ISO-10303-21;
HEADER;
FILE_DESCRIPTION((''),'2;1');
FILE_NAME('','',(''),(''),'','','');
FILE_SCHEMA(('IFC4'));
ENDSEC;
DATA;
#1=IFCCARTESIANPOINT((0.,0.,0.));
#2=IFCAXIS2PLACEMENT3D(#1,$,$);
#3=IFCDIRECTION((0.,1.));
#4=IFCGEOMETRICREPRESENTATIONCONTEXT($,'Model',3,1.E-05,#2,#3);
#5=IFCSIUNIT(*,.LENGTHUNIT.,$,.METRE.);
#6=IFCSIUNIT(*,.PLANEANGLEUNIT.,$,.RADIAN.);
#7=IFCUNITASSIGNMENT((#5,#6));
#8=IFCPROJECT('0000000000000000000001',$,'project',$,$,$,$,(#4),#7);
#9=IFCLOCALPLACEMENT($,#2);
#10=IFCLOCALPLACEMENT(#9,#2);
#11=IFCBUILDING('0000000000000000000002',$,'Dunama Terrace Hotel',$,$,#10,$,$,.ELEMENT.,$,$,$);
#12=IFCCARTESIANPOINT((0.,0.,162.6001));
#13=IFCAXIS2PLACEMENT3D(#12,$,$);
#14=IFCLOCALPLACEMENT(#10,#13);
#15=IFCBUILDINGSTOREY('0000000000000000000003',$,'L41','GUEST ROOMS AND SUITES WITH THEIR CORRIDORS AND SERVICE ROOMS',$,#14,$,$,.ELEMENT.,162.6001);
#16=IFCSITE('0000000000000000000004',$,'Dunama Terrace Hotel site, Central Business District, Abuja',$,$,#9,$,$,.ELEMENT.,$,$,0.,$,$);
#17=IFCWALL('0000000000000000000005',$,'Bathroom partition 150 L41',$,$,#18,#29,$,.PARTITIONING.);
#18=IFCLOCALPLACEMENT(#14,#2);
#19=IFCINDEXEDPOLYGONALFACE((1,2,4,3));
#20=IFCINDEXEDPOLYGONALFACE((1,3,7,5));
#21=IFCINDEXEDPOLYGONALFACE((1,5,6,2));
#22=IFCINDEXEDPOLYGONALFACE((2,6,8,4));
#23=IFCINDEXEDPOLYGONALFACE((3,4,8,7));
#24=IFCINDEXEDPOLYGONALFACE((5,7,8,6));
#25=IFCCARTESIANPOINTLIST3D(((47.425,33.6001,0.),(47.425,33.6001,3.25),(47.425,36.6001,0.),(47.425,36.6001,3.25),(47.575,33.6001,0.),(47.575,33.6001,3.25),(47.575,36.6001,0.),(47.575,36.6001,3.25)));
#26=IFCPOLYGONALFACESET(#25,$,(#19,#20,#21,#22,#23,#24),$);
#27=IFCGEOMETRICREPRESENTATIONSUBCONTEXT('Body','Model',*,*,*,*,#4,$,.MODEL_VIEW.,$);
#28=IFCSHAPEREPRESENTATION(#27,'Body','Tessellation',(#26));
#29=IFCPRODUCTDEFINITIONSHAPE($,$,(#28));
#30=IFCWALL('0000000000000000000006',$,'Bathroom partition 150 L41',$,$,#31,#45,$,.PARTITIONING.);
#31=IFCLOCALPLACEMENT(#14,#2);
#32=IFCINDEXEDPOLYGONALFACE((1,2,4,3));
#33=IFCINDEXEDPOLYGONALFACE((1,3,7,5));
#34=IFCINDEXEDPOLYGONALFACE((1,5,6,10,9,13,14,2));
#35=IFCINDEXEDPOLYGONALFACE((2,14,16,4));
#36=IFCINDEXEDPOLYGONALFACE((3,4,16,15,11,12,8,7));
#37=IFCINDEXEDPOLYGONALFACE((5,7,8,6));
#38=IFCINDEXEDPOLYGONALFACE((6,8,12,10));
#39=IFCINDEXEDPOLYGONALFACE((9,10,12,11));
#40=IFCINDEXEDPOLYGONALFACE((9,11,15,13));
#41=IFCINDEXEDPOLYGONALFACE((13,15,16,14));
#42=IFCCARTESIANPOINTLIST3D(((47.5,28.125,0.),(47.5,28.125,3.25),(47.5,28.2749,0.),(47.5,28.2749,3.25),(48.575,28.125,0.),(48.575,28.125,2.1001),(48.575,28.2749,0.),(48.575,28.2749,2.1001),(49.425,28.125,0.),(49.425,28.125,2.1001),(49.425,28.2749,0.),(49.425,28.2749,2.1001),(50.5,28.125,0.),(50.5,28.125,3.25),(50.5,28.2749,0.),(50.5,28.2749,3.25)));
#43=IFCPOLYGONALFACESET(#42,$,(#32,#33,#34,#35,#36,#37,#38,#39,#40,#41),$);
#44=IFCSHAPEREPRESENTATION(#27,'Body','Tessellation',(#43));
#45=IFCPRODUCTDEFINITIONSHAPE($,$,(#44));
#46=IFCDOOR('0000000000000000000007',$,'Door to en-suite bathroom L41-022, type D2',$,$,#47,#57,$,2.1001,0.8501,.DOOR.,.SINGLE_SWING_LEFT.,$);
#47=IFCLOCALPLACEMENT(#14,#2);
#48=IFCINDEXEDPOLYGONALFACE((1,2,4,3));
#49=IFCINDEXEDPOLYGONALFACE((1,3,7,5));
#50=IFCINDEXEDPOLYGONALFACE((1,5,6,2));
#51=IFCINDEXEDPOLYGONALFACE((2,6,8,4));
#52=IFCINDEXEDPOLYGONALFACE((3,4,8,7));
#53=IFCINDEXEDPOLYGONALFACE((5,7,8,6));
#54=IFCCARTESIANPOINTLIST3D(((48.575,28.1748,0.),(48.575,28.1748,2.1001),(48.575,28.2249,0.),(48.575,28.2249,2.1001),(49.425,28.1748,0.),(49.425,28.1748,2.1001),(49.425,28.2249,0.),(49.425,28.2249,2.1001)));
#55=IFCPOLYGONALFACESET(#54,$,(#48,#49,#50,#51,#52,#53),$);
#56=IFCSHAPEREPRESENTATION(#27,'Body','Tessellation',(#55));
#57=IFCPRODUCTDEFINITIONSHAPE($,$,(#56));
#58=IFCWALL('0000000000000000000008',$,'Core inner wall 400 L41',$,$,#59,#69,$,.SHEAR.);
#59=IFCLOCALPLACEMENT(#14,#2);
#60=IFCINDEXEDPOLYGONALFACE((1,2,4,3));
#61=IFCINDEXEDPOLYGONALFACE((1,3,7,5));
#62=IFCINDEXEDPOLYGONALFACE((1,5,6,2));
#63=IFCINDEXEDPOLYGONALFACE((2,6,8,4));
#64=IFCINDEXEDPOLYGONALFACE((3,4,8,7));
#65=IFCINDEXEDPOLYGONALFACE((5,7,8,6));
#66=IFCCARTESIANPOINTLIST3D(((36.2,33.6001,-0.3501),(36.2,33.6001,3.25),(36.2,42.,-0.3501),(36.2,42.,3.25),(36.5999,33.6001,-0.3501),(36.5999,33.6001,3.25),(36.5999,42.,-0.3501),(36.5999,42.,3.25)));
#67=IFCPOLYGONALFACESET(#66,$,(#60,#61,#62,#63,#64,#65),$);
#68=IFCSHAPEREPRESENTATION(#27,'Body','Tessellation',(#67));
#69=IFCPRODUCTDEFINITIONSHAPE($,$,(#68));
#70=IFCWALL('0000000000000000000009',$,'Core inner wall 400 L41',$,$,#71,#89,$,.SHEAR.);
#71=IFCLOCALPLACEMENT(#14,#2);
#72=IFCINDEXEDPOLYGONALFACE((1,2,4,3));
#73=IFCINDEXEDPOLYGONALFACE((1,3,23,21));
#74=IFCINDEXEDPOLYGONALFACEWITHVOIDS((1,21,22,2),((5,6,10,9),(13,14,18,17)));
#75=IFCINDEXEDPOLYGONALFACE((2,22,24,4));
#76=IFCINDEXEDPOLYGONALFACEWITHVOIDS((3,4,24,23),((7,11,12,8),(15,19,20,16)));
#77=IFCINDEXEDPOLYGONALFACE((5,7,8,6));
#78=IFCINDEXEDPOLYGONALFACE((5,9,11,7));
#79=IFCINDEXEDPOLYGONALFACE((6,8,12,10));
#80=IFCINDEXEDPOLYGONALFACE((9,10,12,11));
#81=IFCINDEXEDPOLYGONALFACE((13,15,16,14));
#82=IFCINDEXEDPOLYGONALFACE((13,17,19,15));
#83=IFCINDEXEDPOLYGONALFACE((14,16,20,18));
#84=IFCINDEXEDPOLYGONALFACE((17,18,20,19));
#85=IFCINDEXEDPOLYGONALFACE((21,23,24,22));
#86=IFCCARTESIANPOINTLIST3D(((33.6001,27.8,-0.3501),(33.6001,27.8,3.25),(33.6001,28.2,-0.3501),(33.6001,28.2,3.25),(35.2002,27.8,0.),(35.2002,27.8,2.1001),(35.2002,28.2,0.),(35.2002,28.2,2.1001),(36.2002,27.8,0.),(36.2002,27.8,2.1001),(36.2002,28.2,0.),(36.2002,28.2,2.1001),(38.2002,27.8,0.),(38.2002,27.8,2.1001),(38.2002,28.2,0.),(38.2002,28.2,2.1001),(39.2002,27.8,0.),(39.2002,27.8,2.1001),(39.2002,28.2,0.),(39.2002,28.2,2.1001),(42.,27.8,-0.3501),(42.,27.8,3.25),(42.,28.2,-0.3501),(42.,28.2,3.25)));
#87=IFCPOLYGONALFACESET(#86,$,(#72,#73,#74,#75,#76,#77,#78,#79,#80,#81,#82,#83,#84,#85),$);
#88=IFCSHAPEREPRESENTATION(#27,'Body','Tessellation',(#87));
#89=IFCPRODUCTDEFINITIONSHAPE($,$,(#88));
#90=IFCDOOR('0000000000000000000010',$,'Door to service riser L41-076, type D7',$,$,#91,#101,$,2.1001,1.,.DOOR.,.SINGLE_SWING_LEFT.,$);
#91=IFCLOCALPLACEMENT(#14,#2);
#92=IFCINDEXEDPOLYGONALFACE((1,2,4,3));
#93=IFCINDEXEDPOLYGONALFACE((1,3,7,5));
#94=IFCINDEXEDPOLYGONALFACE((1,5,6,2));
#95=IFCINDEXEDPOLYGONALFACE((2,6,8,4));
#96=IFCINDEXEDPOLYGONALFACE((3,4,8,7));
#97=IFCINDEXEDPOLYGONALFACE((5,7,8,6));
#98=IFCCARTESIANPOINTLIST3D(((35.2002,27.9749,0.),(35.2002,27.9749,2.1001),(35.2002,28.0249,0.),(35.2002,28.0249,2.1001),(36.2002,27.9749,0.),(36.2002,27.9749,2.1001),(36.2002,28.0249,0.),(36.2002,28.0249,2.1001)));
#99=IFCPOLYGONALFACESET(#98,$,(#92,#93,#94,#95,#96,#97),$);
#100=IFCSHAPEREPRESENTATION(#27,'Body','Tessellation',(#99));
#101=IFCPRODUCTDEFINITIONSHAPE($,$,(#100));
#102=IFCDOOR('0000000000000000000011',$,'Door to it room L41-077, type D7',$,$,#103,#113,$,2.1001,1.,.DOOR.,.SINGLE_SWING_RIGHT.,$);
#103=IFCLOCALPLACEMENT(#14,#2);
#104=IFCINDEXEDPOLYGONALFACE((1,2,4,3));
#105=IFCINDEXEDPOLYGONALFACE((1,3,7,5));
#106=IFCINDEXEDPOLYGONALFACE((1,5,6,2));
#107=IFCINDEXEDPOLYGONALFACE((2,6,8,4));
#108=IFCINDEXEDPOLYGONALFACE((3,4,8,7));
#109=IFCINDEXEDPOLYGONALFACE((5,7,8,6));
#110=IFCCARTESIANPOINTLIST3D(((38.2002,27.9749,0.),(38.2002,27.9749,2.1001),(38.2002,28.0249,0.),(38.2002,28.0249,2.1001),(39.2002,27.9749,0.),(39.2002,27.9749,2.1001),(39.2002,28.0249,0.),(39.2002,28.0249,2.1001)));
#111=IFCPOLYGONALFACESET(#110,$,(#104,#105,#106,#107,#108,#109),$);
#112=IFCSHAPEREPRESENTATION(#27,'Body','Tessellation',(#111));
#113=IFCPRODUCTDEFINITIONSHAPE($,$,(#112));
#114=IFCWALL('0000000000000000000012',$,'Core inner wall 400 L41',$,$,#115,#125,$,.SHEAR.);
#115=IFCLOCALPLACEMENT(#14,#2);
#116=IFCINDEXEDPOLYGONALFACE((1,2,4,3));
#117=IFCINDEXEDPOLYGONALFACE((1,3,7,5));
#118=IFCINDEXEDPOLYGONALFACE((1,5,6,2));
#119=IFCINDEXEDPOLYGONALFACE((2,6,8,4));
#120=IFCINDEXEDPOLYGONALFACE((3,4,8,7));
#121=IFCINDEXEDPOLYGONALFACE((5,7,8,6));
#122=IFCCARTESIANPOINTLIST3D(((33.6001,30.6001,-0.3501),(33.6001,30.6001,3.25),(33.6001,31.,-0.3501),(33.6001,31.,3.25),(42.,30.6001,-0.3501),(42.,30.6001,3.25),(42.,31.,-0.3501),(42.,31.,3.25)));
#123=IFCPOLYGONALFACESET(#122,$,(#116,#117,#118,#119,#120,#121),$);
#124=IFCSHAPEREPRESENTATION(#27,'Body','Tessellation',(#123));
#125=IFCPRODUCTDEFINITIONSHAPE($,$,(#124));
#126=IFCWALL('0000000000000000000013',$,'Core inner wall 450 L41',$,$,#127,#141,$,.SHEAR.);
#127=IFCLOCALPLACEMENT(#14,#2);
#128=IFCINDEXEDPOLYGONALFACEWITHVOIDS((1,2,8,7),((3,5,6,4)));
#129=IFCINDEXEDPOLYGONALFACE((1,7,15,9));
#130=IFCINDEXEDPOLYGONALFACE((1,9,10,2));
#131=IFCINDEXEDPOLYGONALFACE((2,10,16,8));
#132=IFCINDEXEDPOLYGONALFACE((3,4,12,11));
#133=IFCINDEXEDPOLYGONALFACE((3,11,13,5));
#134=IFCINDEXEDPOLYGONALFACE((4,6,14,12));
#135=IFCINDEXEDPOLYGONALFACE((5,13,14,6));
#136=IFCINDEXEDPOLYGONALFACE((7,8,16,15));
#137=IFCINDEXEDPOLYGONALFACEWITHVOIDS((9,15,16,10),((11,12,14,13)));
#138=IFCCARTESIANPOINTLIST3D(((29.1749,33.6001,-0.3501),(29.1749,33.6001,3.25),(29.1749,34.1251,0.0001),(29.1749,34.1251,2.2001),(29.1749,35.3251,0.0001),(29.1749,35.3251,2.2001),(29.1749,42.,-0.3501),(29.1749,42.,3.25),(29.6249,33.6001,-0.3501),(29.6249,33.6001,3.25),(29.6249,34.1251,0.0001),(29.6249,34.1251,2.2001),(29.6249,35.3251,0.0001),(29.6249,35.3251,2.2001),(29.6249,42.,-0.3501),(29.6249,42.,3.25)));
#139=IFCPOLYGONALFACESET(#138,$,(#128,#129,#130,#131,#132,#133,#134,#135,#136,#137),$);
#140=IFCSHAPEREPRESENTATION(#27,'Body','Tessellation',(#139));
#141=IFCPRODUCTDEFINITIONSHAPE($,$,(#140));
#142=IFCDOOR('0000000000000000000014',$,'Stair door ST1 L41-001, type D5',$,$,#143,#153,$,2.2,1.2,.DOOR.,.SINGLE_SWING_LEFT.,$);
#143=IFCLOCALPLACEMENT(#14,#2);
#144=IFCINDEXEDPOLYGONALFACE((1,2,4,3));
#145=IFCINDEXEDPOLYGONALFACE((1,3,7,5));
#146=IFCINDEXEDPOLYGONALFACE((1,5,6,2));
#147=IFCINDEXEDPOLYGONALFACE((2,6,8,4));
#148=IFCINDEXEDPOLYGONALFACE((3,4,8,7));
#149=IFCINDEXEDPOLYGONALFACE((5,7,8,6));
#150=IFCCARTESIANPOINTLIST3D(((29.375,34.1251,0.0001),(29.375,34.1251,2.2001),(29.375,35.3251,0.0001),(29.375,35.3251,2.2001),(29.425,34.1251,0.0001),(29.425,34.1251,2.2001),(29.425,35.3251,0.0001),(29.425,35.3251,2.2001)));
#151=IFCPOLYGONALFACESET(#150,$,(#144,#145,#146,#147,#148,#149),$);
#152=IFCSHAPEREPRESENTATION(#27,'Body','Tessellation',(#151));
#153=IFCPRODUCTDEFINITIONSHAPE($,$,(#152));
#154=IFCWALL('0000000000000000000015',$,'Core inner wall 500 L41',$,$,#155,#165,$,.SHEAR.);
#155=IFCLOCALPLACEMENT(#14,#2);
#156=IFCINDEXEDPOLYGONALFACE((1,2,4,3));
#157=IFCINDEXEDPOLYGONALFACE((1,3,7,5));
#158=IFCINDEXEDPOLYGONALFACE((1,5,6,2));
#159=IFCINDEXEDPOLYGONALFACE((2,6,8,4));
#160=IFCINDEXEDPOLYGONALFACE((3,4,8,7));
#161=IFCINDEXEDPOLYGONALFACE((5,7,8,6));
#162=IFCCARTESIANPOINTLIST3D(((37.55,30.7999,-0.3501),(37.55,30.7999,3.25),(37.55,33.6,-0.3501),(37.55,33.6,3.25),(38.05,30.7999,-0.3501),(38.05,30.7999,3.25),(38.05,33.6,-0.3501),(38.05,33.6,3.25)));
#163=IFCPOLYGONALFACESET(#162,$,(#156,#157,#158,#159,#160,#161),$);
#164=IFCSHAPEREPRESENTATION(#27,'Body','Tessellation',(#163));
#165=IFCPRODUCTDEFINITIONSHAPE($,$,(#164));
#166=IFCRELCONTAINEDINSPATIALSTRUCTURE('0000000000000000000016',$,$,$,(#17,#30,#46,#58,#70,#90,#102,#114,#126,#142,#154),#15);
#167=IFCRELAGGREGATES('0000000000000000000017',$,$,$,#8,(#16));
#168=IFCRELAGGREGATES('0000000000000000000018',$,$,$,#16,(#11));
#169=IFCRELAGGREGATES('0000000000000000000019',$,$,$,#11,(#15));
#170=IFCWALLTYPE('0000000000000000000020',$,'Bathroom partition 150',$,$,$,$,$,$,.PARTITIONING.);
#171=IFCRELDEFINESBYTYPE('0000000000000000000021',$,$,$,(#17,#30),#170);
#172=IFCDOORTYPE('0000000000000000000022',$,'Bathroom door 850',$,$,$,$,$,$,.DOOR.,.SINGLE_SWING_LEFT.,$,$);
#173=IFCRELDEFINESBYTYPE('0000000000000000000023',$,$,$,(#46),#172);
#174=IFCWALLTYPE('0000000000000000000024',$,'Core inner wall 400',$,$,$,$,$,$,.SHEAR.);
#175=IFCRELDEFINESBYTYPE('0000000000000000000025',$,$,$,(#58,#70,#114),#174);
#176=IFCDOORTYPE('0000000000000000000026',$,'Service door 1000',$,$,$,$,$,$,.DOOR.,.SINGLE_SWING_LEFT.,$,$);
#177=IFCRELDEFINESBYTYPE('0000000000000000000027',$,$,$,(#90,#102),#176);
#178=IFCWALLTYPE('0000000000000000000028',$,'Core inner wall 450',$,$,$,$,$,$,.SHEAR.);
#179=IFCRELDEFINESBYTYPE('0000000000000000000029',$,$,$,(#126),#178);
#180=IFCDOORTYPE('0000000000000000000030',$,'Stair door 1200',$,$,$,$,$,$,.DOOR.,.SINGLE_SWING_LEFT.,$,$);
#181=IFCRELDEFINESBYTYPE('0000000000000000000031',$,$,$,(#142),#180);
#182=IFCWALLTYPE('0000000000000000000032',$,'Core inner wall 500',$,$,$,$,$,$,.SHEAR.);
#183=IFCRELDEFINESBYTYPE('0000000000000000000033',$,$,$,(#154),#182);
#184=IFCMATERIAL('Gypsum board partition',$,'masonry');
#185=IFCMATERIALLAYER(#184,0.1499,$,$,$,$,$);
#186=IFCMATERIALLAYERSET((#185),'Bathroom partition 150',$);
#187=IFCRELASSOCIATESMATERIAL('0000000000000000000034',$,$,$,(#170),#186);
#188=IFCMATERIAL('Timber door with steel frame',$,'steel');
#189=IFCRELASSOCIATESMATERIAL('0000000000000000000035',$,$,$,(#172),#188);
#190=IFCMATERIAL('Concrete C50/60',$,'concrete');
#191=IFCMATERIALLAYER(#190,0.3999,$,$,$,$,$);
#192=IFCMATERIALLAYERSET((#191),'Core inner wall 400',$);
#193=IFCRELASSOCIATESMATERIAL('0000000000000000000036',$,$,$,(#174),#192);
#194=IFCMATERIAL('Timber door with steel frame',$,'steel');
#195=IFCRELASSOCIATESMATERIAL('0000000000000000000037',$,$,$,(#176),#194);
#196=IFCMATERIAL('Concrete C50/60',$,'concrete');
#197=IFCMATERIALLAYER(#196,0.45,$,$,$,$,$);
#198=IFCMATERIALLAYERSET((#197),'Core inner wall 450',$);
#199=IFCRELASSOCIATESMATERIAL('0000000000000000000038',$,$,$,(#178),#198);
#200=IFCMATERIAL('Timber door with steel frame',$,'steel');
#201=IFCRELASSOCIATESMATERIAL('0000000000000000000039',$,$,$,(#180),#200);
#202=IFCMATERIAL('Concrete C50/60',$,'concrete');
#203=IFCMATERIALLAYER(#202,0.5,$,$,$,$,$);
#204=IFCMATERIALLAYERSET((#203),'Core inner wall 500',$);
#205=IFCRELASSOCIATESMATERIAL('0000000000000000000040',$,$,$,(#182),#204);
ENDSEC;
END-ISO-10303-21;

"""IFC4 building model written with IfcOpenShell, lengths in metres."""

from ifc_helpers import new_model, si_unit, direction, frame, frame_2d, origin, place, context, subcontext, project, spatial, rectangle, extrude, material, layer, layer_set, type_object, element, fill, save


model = new_model("IFC4")

# Units and contexts
model_context = context("Model", 3, precision=1e-05, world=origin(), true_north=direction((0.0, 1.0)))
body_context = subcontext(model_context, "Body", "Model", "MODEL_VIEW")
ifc_project = project(units=[si_unit("LENGTHUNIT", "METRE"), si_unit("PLANEANGLEUNIT", "RADIAN")], contexts=[model_context])

# Site, building, storey
site_placement = place(None, origin())
site = spatial("IfcSite", under=ifc_project, at=site_placement, Name="Dunama Terrace Hotel site, Central Business District, Abuja", CompositionType="ELEMENT", RefElevation=0.0)
building_placement = place(site_placement, origin())
building = spatial("IfcBuilding", under=site, at=building_placement, Name="Dunama Terrace Hotel", CompositionType="ELEMENT")
storey_placement = place(building_placement, frame((0.0, 0.0, 162.6001)))
storey = spatial("IfcBuildingStorey", under=building, at=storey_placement, Name="L41", Description="GUEST ROOMS AND SUITES WITH THEIR CORRIDORS AND SERVICE ROOMS", CompositionType="ELEMENT", Elevation=162.6001)

# Wall
ifc_material_1 = material(Name="Gypsum board partition", Category="masonry")
ifc_layer_1 = layer(ifc_material_1, 0.1499)
ifc_layer_set_1 = layer_set([ifc_layer_1], Name="Bathroom partition 150")
wall_type_1 = type_object("IfcWallType", Name="Bathroom partition 150", PredefinedType="PARTITIONING", material=ifc_layer_set_1)
wall_1_placement = place(storey_placement, frame((47.5, 33.6001, 0.0), z_axis=(0.0, 0.0, 1.0), x_axis=(0.0, 1.0, 0.0)))
element("IfcWall", 1, at=wall_1_placement, inside=storey, type_object=wall_type_1, Name="Bathroom partition 150 L41", PredefinedType="PARTITIONING", context=body_context, shape_type="SweptSolid", body=[
    extrude(rectangle(XDim=3.0, YDim=0.1499, at=frame_2d((1.5, 0.0))), origin(), (0.0, 0.0, 1.0), 3.25),
])

# Wall, opening, door
wall_2_placement = place(storey_placement, frame((47.5, 28.2, 0.0), z_axis=(0.0, 0.0, 1.0), x_axis=(1.0, 0.0, 0.0)))
wall_2 = element("IfcWall", 2, at=wall_2_placement, inside=storey, type_object=wall_type_1, Name="Bathroom partition 150 L41", PredefinedType="PARTITIONING", context=body_context, shape_type="SweptSolid", body=[
    extrude(rectangle(XDim=3.0, YDim=0.1499, at=frame_2d((1.5, 0.0))), origin(), (0.0, 0.0, 1.0), 3.25),
])
opening_1_placement = place(wall_2_placement, frame((1.075, 0.0, 0.0)))
opening_1 = element("IfcOpeningElement", 3, at=opening_1_placement, cuts=wall_2, PredefinedType="OPENING", context=body_context, shape_type="SweptSolid", body=[
    extrude(rectangle(XDim=0.8501, YDim=2.1001, at=frame_2d((0.425, 1.05))), frame((0.0, 0.085, 0.0), z_axis=(0.0, -1.0, 0.0), x_axis=(1.0, 0.0, 0.0)), (0.0, 0.0, 1.0), 0.1699),
])
ifc_material_2 = material(Name="Timber door with steel frame", Category="steel")
door_type_1 = type_object("IfcDoorType", Name="Bathroom door 850", OperationType="SINGLE_SWING_LEFT", PredefinedType="DOOR", material=ifc_material_2)
door_1_placement = place(opening_1_placement, frame((0.8501, 0.0, 0.0), z_axis=(0.0, 0.0, 1.0), x_axis=(-1.0, 0.0, 0.0)))
door_1 = element("IfcDoor", 4, at=door_1_placement, inside=storey, type_object=door_type_1, Name="Door to en-suite bathroom L41-022, type D2", OperationType="SINGLE_SWING_LEFT", OverallHeight=2.1001, OverallWidth=0.8501, PredefinedType="DOOR", context=body_context, shape_type="SweptSolid", body=[
    extrude(rectangle(XDim=0.8501, YDim=2.1001, at=frame_2d((0.425, 1.05))), frame((0.0, 0.0251, 0.0), z_axis=(0.0, -1.0, 0.0), x_axis=(1.0, 0.0, 0.0)), (0.0, 0.0, 1.0), 0.05),
])
fill(opening_1, door_1)

# Wall
ifc_material_3 = material(Name="Concrete C50/60", Category="concrete")
ifc_layer_2 = layer(ifc_material_3, 0.3999)
ifc_layer_set_2 = layer_set([ifc_layer_2], Name="Core inner wall 400")
wall_type_2 = type_object("IfcWallType", Name="Core inner wall 400", PredefinedType="SHEAR", material=ifc_layer_set_2)
wall_3_placement = place(storey_placement, frame((36.3999, 33.6001, -0.3501), z_axis=(0.0, 0.0, 1.0), x_axis=(0.0, 1.0, 0.0)))
element("IfcWall", 5, at=wall_3_placement, inside=storey, type_object=wall_type_2, Name="Core inner wall 400 L41", PredefinedType="SHEAR", context=body_context, shape_type="SweptSolid", body=[
    extrude(rectangle(XDim=8.3999, YDim=0.3999, at=frame_2d((4.2, 0.0))), origin(), (0.0, 0.0, 1.0), 3.6001),
])

# Wall, openings, doors
wall_4_placement = place(storey_placement, frame((33.6001, 28.0, -0.3501), z_axis=(0.0, 0.0, 1.0), x_axis=(1.0, 0.0, 0.0)))
wall_4 = element("IfcWall", 6, at=wall_4_placement, inside=storey, type_object=wall_type_2, Name="Core inner wall 400 L41", PredefinedType="SHEAR", context=body_context, shape_type="SweptSolid", body=[
    extrude(rectangle(XDim=8.3999, YDim=0.3999, at=frame_2d((4.2, 0.0))), origin(), (0.0, 0.0, 1.0), 3.6001),
])
opening_2_placement = place(wall_4_placement, frame((1.6001, 0.0, 0.3501)))
opening_2 = element("IfcOpeningElement", 7, at=opening_2_placement, cuts=wall_4, PredefinedType="OPENING", context=body_context, shape_type="SweptSolid", body=[
    extrude(rectangle(XDim=1.0, YDim=2.1001, at=frame_2d((0.5, 1.05))), frame((0.0, 0.21, 0.0), z_axis=(0.0, -1.0, 0.0), x_axis=(1.0, 0.0, 0.0)), (0.0, 0.0, 1.0), 0.4199),
])
opening_3_placement = place(wall_4_placement, frame((4.6001, 0.0, 0.3501)))
opening_3 = element("IfcOpeningElement", 8, at=opening_3_placement, cuts=wall_4, PredefinedType="OPENING", context=body_context, shape_type="SweptSolid", body=[
    extrude(rectangle(XDim=1.0, YDim=2.1001, at=frame_2d((0.5, 1.05))), frame((0.0, 0.21, 0.0), z_axis=(0.0, -1.0, 0.0), x_axis=(1.0, 0.0, 0.0)), (0.0, 0.0, 1.0), 0.4199),
])
ifc_material_4 = material(Name="Timber door with steel frame", Category="steel")
door_type_2 = type_object("IfcDoorType", Name="Service door 1000", OperationType="SINGLE_SWING_LEFT", PredefinedType="DOOR", material=ifc_material_4)
door_2_placement = place(opening_2_placement, frame((1.0, 0.0, 0.0), z_axis=(0.0, 0.0, 1.0), x_axis=(-1.0, 0.0, 0.0)))
door_2 = element("IfcDoor", 9, at=door_2_placement, inside=storey, type_object=door_type_2, Name="Door to service riser L41-076, type D7", OperationType="SINGLE_SWING_LEFT", OverallHeight=2.1001, OverallWidth=1.0, PredefinedType="DOOR", context=body_context, shape_type="SweptSolid", body=[
    extrude(rectangle(XDim=1.0, YDim=2.1001, at=frame_2d((0.5, 1.05))), frame((0.0, 0.0251, 0.0), z_axis=(0.0, -1.0, 0.0), x_axis=(1.0, 0.0, 0.0)), (0.0, 0.0, 1.0), 0.05),
])
fill(opening_2, door_2)
door_3_placement = place(opening_3_placement, frame((1.0, 0.0, 0.0), z_axis=(0.0, 0.0, 1.0), x_axis=(-1.0, 0.0, 0.0)))
door_3 = element("IfcDoor", 10, at=door_3_placement, inside=storey, type_object=door_type_2, Name="Door to it room L41-077, type D7", OperationType="SINGLE_SWING_RIGHT", OverallHeight=2.1001, OverallWidth=1.0, PredefinedType="DOOR", context=body_context, shape_type="SweptSolid", body=[
    extrude(rectangle(XDim=1.0, YDim=2.1001, at=frame_2d((0.5, 1.05))), frame((0.0, 0.0251, 0.0), z_axis=(0.0, -1.0, 0.0), x_axis=(1.0, 0.0, 0.0)), (0.0, 0.0, 1.0), 0.05),
])
fill(opening_3, door_3)

# Wall
wall_5_placement = place(storey_placement, frame((33.6001, 30.8, -0.3501), z_axis=(0.0, 0.0, 1.0), x_axis=(1.0, 0.0, 0.0)))
element("IfcWall", 11, at=wall_5_placement, inside=storey, type_object=wall_type_2, Name="Core inner wall 400 L41", PredefinedType="SHEAR", context=body_context, shape_type="SweptSolid", body=[
    extrude(rectangle(XDim=8.3999, YDim=0.3999, at=frame_2d((4.2, 0.0))), origin(), (0.0, 0.0, 1.0), 3.6001),
])

# Wall, opening, door
ifc_material_5 = material(Name="Concrete C50/60", Category="concrete")
ifc_layer_3 = layer(ifc_material_5, 0.45)
ifc_layer_set_3 = layer_set([ifc_layer_3], Name="Core inner wall 450")
wall_type_3 = type_object("IfcWallType", Name="Core inner wall 450", PredefinedType="SHEAR", material=ifc_layer_set_3)
wall_6_placement = place(storey_placement, frame((29.3999, 33.6001, -0.3501), z_axis=(0.0, 0.0, 1.0), x_axis=(0.0, 1.0, 0.0)))
wall_6 = element("IfcWall", 12, at=wall_6_placement, inside=storey, type_object=wall_type_3, Name="Core inner wall 450 L41", PredefinedType="SHEAR", context=body_context, shape_type="SweptSolid", body=[
    extrude(rectangle(XDim=8.3999, YDim=0.45, at=frame_2d((4.2, 0.0))), origin(), (0.0, 0.0, 1.0), 3.6001),
])
opening_4_placement = place(wall_6_placement, frame((0.5249, 0.0, 0.3501)))
opening_4 = element("IfcOpeningElement", 13, at=opening_4_placement, cuts=wall_6, PredefinedType="OPENING", context=body_context, shape_type="SweptSolid", body=[
    extrude(rectangle(XDim=1.2, YDim=2.2, at=frame_2d((0.6001, 1.1001))), frame((0.0, 0.2349, 0.0), z_axis=(0.0, -1.0, 0.0), x_axis=(1.0, 0.0, 0.0)), (0.0, 0.0, 1.0), 0.47),
])
ifc_material_6 = material(Name="Timber door with steel frame", Category="steel")
door_type_3 = type_object("IfcDoorType", Name="Stair door 1200", OperationType="SINGLE_SWING_LEFT", PredefinedType="DOOR", material=ifc_material_6)
door_4_placement = place(opening_4_placement, origin())
door_4 = element("IfcDoor", 14, at=door_4_placement, inside=storey, type_object=door_type_3, Name="Stair door ST1 L41-001, type D5", OperationType="SINGLE_SWING_LEFT", OverallHeight=2.2, OverallWidth=1.2, PredefinedType="DOOR", context=body_context, shape_type="SweptSolid", body=[
    extrude(rectangle(XDim=1.2, YDim=2.2, at=frame_2d((0.6001, 1.1001))), frame((0.0, 0.0249, 0.0), z_axis=(0.0, -1.0, 0.0), x_axis=(1.0, 0.0, 0.0)), (0.0, 0.0, 1.0), 0.05),
])
fill(opening_4, door_4)

# Wall
ifc_material_7 = material(Name="Concrete C50/60", Category="concrete")
ifc_layer_4 = layer(ifc_material_7, 0.5)
ifc_layer_set_4 = layer_set([ifc_layer_4], Name="Core inner wall 500")
wall_type_4 = type_object("IfcWallType", Name="Core inner wall 500", PredefinedType="SHEAR", material=ifc_layer_set_4)
wall_7_placement = place(storey_placement, frame((37.8, 30.8, -0.3501), z_axis=(0.0, 0.0, 1.0), x_axis=(0.0, 1.0, 0.0)))
element("IfcWall", 15, at=wall_7_placement, inside=storey, type_object=wall_type_4, Name="Core inner wall 500 L41", PredefinedType="SHEAR", context=body_context, shape_type="SweptSolid", body=[
    extrude(rectangle(XDim=2.8, YDim=0.5, at=frame_2d((1.3999, 0.0))), origin(), (0.0, 0.0, 1.0), 3.6001),
])

save(model, "model.ifc")
